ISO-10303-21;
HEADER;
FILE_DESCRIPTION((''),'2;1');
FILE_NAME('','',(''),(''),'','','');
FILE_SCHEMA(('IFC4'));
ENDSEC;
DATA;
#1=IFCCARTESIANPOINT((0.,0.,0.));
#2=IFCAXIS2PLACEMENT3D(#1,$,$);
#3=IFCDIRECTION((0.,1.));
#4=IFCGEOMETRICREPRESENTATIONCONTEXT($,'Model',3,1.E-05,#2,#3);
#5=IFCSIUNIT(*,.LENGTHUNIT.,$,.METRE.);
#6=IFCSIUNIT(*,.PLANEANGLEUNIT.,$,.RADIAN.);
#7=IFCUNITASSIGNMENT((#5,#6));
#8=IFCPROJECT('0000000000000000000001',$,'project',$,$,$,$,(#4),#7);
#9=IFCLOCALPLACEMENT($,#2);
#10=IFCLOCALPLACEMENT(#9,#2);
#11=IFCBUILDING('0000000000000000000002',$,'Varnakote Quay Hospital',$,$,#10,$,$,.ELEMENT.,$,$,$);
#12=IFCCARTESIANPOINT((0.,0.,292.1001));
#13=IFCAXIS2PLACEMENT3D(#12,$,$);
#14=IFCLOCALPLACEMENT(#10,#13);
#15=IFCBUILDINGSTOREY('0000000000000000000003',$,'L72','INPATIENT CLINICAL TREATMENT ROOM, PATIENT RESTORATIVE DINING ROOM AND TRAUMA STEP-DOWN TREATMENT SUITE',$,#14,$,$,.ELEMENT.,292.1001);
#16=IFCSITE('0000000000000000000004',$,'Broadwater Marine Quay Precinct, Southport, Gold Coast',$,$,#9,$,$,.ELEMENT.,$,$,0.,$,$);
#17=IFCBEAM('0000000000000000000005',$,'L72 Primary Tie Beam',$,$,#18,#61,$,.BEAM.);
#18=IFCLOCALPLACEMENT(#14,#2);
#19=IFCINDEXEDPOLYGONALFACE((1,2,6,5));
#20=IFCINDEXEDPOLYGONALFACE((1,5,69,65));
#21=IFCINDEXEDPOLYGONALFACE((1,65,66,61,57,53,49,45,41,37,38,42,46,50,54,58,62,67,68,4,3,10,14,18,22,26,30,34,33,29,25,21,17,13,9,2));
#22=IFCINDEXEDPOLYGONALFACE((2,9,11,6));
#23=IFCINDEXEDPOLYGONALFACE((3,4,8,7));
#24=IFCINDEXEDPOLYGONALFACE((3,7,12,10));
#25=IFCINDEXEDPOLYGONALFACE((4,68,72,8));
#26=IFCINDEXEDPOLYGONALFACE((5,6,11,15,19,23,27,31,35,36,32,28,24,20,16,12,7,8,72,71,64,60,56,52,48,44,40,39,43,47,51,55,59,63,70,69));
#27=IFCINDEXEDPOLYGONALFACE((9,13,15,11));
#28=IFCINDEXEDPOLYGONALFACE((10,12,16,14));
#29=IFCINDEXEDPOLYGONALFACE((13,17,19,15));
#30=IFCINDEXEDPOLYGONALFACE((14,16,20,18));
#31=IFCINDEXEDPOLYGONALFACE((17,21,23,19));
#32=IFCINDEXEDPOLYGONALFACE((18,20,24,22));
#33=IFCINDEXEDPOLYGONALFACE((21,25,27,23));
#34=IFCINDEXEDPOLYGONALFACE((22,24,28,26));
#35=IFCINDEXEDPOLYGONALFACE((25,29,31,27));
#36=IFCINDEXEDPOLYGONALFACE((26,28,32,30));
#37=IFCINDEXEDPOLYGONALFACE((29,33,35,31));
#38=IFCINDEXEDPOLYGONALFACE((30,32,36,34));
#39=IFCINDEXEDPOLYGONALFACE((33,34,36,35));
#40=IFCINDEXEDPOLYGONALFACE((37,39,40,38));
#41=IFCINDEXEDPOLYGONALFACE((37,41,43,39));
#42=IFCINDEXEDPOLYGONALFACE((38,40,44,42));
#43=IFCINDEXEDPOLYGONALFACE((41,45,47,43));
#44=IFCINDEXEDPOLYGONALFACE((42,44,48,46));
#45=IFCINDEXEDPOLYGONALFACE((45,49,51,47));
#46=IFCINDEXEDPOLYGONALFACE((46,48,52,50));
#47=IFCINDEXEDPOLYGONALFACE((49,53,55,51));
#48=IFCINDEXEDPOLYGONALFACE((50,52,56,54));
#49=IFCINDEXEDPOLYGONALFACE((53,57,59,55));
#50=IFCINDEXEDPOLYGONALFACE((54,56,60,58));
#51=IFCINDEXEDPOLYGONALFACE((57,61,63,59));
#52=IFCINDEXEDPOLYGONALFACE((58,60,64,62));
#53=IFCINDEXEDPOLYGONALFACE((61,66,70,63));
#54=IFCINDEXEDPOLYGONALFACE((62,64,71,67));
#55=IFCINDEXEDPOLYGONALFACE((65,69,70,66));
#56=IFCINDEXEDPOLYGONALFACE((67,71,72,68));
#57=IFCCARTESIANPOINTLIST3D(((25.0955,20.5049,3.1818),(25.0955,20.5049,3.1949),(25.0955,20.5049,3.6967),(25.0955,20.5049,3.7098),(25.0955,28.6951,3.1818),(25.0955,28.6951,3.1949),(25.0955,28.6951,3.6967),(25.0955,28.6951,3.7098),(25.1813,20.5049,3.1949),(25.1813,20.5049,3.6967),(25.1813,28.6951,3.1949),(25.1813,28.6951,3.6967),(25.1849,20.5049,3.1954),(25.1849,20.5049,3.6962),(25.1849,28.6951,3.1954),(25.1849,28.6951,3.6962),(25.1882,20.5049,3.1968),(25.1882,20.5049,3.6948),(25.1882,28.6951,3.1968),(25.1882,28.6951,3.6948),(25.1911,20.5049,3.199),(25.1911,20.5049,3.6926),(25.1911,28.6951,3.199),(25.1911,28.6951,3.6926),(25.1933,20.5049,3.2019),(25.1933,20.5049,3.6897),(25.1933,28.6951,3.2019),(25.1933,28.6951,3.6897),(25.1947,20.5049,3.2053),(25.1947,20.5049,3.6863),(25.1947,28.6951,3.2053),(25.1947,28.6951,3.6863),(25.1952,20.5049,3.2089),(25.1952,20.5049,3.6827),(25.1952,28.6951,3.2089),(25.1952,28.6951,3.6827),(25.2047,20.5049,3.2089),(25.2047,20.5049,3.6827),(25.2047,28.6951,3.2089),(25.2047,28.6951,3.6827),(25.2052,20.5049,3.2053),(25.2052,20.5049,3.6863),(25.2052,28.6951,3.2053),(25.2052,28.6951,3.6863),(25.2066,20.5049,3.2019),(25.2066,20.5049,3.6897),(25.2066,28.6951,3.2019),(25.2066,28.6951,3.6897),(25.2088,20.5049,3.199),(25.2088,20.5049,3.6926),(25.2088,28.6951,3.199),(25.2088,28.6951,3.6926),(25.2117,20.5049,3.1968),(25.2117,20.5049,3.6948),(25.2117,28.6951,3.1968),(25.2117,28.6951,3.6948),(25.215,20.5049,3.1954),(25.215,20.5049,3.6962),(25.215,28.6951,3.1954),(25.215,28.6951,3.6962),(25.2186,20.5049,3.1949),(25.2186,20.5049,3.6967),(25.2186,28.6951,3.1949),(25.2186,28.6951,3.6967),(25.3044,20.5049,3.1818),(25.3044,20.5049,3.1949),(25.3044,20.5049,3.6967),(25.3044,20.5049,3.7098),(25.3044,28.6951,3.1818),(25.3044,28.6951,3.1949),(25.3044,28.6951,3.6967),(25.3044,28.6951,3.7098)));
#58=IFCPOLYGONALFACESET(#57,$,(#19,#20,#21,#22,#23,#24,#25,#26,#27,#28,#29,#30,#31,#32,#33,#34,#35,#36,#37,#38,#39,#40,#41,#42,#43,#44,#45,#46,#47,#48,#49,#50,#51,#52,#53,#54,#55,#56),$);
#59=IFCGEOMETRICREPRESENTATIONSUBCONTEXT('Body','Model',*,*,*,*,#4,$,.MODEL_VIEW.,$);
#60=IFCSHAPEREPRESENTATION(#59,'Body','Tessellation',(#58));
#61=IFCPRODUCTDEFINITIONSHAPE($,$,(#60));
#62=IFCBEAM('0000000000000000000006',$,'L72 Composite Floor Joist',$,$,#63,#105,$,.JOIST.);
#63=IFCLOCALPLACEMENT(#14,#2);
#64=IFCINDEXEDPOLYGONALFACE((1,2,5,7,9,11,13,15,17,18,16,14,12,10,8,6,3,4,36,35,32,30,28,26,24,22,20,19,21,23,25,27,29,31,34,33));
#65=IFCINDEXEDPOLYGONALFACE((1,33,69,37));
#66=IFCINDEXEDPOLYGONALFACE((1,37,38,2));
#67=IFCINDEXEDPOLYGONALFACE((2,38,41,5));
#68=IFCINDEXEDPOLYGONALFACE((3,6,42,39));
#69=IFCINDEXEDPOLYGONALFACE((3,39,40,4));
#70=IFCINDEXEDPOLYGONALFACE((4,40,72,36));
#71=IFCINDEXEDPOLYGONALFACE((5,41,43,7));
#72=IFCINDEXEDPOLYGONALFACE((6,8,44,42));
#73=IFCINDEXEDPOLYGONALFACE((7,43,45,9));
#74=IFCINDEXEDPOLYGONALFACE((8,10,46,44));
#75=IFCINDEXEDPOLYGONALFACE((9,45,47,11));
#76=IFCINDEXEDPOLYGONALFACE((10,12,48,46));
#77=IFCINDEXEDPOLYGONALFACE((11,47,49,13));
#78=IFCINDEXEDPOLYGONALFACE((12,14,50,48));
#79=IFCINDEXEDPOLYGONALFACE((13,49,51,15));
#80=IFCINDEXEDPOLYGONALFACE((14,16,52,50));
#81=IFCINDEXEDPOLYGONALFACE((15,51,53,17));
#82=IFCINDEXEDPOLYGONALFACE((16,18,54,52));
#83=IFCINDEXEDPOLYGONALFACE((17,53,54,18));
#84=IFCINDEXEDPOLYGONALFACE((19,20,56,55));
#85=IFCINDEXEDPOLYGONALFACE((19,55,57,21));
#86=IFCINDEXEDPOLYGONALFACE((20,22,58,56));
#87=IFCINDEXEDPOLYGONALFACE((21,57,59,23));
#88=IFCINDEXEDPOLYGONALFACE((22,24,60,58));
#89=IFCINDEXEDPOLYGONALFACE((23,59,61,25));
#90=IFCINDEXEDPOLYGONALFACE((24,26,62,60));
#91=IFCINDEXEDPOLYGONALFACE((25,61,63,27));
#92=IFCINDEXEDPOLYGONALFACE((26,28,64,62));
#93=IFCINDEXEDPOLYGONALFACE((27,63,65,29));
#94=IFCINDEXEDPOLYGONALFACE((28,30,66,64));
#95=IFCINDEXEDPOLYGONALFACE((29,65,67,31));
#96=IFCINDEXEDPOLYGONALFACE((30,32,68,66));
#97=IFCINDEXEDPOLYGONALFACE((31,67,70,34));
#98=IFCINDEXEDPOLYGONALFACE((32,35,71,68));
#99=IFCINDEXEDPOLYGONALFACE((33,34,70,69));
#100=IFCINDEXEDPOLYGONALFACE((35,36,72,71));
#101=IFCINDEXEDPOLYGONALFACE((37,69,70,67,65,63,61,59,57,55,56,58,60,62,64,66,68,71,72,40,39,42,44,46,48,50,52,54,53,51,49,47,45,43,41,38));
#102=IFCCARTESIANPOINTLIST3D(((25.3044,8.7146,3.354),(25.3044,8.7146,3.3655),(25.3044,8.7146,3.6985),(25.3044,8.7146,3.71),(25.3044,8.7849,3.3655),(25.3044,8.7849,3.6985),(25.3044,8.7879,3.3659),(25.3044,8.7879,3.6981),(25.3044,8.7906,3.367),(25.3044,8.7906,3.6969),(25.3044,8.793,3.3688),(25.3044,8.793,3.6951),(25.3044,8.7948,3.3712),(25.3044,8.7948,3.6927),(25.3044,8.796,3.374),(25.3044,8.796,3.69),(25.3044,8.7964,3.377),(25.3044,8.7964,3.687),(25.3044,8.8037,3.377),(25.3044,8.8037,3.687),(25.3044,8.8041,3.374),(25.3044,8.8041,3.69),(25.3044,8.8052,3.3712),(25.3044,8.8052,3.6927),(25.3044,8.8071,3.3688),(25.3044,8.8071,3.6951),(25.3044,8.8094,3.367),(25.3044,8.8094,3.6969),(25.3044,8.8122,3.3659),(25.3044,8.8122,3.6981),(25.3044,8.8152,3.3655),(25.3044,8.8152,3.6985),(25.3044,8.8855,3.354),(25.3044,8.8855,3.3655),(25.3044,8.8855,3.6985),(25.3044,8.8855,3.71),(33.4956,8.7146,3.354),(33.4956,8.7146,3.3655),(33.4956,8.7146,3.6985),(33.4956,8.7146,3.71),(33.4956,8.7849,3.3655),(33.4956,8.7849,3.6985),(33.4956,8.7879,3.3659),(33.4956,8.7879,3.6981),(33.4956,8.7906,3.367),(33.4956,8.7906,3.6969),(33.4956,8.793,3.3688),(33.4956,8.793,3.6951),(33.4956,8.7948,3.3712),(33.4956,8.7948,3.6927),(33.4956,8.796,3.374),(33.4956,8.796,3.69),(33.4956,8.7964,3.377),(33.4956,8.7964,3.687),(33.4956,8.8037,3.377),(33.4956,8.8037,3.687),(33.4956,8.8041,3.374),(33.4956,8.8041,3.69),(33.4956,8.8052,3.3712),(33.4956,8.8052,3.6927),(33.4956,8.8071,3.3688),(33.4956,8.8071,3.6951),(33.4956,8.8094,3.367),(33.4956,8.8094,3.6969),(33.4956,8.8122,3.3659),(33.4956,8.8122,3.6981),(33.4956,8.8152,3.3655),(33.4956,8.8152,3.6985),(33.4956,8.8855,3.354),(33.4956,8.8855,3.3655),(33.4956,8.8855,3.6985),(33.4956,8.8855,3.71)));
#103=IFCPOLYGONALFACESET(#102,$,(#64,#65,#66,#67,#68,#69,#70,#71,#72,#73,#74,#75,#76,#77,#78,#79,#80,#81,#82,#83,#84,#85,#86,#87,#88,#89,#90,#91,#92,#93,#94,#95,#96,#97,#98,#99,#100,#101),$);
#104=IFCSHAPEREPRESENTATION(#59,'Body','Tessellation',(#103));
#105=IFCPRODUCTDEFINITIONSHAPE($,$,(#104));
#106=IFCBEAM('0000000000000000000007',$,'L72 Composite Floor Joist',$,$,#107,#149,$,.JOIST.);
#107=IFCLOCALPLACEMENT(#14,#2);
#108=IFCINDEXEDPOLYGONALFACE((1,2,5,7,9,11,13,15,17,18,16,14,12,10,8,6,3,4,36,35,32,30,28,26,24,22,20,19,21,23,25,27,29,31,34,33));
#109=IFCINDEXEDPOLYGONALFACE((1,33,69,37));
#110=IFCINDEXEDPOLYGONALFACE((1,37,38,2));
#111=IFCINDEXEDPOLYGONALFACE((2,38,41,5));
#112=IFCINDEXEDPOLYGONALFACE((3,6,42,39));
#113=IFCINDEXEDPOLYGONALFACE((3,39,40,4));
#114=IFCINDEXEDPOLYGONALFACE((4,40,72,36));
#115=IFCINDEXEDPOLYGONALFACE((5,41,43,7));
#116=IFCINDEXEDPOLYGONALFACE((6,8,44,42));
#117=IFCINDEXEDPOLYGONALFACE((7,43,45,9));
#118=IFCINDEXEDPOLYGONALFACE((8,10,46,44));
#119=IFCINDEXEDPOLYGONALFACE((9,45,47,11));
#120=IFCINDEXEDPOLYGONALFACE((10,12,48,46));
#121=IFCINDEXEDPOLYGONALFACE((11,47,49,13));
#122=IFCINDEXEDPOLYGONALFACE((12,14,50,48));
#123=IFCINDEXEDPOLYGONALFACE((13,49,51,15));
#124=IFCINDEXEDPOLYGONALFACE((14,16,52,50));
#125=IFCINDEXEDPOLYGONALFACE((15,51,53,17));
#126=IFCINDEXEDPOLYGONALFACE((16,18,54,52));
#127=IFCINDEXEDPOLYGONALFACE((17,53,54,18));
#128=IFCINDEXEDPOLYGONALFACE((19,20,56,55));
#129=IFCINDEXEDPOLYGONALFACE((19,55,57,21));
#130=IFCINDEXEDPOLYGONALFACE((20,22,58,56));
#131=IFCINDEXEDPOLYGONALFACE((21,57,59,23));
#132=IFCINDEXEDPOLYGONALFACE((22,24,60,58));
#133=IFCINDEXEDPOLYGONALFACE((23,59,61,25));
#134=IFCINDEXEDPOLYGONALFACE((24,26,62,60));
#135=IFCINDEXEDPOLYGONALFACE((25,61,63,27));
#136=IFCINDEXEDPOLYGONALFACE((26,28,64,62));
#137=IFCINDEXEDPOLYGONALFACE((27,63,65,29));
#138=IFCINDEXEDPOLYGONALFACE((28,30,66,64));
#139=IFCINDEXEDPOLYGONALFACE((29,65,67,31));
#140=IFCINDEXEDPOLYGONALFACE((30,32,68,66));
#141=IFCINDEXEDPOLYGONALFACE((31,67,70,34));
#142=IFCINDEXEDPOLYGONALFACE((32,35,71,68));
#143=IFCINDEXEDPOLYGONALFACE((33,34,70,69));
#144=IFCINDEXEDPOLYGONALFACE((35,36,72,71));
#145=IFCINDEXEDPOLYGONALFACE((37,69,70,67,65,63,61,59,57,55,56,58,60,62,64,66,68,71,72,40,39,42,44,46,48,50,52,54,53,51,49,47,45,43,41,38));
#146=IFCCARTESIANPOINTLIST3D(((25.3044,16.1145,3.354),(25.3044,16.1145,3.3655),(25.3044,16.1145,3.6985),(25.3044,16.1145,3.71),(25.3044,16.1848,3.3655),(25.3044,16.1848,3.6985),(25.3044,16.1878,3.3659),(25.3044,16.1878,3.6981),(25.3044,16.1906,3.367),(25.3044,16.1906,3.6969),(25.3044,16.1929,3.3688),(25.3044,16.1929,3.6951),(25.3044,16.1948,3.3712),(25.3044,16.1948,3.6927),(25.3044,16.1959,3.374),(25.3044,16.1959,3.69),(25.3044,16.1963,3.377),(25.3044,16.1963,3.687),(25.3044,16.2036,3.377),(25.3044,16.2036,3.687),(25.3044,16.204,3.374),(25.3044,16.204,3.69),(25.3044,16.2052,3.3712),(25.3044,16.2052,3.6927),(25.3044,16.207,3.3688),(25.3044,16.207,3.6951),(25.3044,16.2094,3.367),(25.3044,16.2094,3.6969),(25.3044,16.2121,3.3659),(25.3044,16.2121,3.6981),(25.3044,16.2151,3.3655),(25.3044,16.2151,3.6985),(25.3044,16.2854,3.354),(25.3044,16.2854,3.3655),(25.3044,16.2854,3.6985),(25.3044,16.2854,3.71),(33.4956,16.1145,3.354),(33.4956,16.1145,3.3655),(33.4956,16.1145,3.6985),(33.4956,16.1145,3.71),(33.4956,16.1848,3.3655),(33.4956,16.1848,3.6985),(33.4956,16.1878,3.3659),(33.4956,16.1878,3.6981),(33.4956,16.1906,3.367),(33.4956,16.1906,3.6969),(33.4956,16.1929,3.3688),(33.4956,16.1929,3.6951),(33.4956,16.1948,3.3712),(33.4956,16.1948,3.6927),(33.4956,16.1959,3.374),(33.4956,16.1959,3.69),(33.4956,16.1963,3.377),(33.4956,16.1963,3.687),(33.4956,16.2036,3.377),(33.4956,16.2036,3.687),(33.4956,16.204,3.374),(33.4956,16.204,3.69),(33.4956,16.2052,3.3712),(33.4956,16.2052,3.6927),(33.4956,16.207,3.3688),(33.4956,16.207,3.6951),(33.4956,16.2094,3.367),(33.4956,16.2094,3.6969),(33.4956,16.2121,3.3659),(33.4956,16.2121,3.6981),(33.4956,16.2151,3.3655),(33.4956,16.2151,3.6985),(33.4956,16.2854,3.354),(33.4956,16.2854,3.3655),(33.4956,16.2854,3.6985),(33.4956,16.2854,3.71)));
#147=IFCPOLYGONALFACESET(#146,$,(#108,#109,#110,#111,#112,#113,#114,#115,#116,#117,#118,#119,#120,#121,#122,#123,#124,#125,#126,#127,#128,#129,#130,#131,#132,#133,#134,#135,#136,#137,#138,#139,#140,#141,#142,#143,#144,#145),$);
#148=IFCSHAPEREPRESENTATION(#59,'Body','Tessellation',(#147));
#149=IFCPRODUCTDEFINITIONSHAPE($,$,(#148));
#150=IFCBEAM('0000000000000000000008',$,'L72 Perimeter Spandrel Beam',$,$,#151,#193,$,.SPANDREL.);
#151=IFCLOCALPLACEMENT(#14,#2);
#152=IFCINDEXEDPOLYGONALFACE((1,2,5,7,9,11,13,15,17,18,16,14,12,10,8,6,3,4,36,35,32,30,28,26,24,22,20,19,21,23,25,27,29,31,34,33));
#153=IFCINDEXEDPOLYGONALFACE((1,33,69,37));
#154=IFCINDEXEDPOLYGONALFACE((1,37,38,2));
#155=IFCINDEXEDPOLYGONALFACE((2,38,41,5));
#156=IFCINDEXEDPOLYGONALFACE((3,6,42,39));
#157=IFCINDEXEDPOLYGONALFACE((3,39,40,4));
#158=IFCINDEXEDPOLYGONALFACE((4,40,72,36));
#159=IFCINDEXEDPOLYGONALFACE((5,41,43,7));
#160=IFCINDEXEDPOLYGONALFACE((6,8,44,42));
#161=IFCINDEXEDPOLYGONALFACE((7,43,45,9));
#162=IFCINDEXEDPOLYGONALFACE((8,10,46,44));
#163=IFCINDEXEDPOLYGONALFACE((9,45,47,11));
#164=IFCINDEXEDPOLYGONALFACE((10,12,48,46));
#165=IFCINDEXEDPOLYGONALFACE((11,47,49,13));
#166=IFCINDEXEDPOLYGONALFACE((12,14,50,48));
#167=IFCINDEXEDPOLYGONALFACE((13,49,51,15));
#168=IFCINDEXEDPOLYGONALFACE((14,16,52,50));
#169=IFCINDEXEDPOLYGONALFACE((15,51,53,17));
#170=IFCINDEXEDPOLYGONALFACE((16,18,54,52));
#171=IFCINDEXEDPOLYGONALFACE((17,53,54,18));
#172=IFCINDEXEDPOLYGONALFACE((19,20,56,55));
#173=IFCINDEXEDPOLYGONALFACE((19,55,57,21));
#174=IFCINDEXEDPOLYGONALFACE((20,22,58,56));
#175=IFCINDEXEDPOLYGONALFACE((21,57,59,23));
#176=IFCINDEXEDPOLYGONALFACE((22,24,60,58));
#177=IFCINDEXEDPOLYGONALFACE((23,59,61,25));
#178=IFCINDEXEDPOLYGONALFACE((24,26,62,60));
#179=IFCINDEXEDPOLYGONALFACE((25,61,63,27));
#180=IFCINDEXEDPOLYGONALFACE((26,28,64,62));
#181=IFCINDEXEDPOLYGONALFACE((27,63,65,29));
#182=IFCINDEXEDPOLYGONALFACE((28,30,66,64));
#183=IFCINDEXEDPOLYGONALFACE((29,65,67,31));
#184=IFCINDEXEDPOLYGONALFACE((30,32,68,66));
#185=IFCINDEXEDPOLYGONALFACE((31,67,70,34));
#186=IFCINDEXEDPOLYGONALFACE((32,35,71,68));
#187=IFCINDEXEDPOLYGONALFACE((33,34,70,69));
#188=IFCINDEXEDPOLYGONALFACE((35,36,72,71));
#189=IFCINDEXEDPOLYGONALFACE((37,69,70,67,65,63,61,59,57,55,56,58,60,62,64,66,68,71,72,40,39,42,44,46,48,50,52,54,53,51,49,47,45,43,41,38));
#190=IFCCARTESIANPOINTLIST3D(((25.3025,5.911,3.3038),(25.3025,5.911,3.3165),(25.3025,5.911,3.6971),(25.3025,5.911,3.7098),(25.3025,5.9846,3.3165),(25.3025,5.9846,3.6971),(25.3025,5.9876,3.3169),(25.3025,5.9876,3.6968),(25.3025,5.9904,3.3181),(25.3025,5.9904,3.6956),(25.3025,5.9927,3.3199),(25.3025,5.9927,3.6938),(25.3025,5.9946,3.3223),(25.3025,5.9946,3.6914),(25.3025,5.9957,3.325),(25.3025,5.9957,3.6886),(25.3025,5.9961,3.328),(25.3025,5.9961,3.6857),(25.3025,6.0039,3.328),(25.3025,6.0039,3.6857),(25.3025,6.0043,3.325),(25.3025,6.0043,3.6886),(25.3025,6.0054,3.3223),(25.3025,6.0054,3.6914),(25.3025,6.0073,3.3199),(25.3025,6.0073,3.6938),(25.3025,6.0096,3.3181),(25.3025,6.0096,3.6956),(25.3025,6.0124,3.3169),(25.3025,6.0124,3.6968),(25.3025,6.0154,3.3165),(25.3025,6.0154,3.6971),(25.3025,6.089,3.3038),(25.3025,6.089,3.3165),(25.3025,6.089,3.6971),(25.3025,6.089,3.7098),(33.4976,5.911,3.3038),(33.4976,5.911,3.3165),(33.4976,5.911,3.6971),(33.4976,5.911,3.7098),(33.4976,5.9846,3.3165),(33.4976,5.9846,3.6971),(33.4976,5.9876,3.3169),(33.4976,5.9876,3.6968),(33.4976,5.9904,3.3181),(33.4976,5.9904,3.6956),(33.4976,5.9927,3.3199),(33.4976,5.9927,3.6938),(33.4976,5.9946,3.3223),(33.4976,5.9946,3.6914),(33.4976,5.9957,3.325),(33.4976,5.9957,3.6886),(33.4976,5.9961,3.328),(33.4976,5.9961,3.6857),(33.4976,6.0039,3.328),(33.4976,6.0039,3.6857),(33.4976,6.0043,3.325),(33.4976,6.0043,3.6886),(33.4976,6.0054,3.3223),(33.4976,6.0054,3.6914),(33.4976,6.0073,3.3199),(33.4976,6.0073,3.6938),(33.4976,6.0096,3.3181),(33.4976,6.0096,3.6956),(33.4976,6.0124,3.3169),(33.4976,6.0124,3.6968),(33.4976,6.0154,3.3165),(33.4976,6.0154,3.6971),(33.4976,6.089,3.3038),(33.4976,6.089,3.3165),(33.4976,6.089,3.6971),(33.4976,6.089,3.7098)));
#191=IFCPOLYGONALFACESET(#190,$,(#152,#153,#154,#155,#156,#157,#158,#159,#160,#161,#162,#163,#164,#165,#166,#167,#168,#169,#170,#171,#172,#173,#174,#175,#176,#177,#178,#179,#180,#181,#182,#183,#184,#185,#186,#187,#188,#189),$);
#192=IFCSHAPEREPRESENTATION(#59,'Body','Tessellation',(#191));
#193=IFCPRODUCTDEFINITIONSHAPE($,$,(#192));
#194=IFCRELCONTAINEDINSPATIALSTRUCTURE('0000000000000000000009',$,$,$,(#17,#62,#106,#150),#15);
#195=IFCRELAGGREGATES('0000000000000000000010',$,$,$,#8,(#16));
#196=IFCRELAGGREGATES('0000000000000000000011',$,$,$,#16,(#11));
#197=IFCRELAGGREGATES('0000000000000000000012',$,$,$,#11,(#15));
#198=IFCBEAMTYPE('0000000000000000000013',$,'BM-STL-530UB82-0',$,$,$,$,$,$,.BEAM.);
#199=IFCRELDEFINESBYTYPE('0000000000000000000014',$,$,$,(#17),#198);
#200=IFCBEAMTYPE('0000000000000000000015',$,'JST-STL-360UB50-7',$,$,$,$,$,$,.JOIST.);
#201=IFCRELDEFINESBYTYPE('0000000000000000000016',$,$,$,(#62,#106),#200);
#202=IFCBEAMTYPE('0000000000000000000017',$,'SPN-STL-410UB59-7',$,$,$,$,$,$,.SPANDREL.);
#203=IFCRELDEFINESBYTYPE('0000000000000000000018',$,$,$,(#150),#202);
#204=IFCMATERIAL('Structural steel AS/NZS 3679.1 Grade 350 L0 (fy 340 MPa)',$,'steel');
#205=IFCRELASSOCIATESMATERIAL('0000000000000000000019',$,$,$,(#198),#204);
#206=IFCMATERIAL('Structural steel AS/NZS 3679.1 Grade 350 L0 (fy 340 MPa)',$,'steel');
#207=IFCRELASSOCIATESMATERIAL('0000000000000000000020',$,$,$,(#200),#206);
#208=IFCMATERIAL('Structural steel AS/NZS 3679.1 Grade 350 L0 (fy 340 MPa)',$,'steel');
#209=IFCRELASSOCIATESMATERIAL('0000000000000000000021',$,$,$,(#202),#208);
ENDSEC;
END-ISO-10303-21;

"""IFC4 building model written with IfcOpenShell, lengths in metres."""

from ifc_helpers import new_model, si_unit, direction, frame, origin, origin_2d, place, context, subcontext, project, spatial, i_section, extrude, material, material_profile, profile_set, type_object, element, save


model = new_model("IFC4")

# Units and contexts
model_context = context("Model", 3, precision=1e-05, world=origin(), true_north=direction((0.0, 1.0)))
body_context = subcontext(model_context, "Body", "Model", "MODEL_VIEW")
ifc_project = project(units=[si_unit("LENGTHUNIT", "METRE"), si_unit("PLANEANGLEUNIT", "RADIAN")], contexts=[model_context])

# Site, building, storey
site_placement = place(None, origin())
site = spatial("IfcSite", under=ifc_project, at=site_placement, Name="Broadwater Marine Quay Precinct, Southport, Gold Coast", CompositionType="ELEMENT", RefElevation=0.0)
building_placement = place(site_placement, origin())
building = spatial("IfcBuilding", under=site, at=building_placement, Name="Varnakote Quay Hospital", CompositionType="ELEMENT")
storey_placement = place(building_placement, frame((0.0, 0.0, 292.1001)))
storey = spatial("IfcBuildingStorey", under=building, at=storey_placement, Name="L72", Description="INPATIENT CLINICAL TREATMENT ROOM, PATIENT RESTORATIVE DINING ROOM AND TRAUMA STEP-DOWN TREATMENT SUITE", CompositionType="ELEMENT", Elevation=292.1001)

# Beams
ifc_material_1 = material(Name="Structural steel AS/NZS 3679.1 Grade 350 L0 (fy 340 MPa)", Category="steel")
ifc_material_profile_1 = material_profile(ifc_material_1, i_section(OverallWidth=0.209, OverallDepth=0.5281, WebThickness=0.0095, FlangeThickness=0.0132, FilletRadius=0.0139, at=origin_2d()), Name="530UB82.0")
ifc_profile_set_1 = profile_set([ifc_material_profile_1], Name="Structural steel AS/NZS 3679.1 Grade 350 L0 (fy 340 MPa)")
beam_type_1 = type_object("IfcBeamType", Name="BM-STL-530UB82-0", PredefinedType="BEAM", material=ifc_profile_set_1)
beam_1_placement = place(storey_placement, frame((25.2, 20.5049, 3.4458), z_axis=(0.0, 1.0, 0.0), x_axis=(-1.0, 0.0, 0.0)))
element("IfcBeam", 1, at=beam_1_placement, inside=storey, type_object=beam_type_1, Name="L72 Primary Tie Beam", PredefinedType="BEAM", context=body_context, shape_type="SweptSolid", body=[
    extrude(i_section(OverallWidth=0.209, OverallDepth=0.5281, WebThickness=0.0095, FlangeThickness=0.0132, FilletRadius=0.0139, at=origin_2d()), origin(), (0.0, 0.0, 1.0), 8.1902),
])
ifc_material_2 = material(Name="Structural steel AS/NZS 3679.1 Grade 350 L0 (fy 340 MPa)", Category="steel")
ifc_material_profile_2 = material_profile(ifc_material_2, i_section(OverallWidth=0.1709, OverallDepth=0.356, WebThickness=0.0073, FlangeThickness=0.0115, FilletRadius=0.0115, at=origin_2d()), Name="360UB50.7")
ifc_profile_set_2 = profile_set([ifc_material_profile_2], Name="Structural steel AS/NZS 3679.1 Grade 350 L0 (fy 340 MPa)")
beam_type_2 = type_object("IfcBeamType", Name="JST-STL-360UB50-7", PredefinedType="JOIST", material=ifc_profile_set_2)
for number, where, z_axis, x_axis, name in (
    (2, (25.3044, 8.8, 3.532), (1.0, 0.0, 0.0), (0.0, 1.0, 0.0), "L72 Composite Floor Joist"),
    (3, (25.3044, 16.2, 3.532), (1.0, 0.0, 0.0), (0.0, 1.0, 0.0), "L72 Composite Floor Joist"),
):
    element("IfcBeam", number, at=place(storey_placement, frame(where, z_axis=z_axis, x_axis=x_axis)), inside=storey, type_object=beam_type_2, Name=name, PredefinedType="JOIST", context=body_context, shape_type="SweptSolid", body=[
        extrude(i_section(OverallWidth=0.1709, OverallDepth=0.356, WebThickness=0.0073, FlangeThickness=0.0115, FilletRadius=0.0115, at=origin_2d()), origin(), (0.0, 0.0, 1.0), 8.1912),
    ])
ifc_material_3 = material(Name="Structural steel AS/NZS 3679.1 Grade 350 L0 (fy 340 MPa)", Category="steel")
ifc_material_profile_3 = material_profile(ifc_material_3, i_section(OverallWidth=0.178, OverallDepth=0.406, WebThickness=0.0078, FlangeThickness=0.0127, FilletRadius=0.0115, at=origin_2d()), Name="410UB59.7")
ifc_profile_set_3 = profile_set([ifc_material_profile_3], Name="Structural steel AS/NZS 3679.1 Grade 350 L0 (fy 340 MPa)")
beam_type_3 = type_object("IfcBeamType", Name="SPN-STL-410UB59-7", PredefinedType="SPANDREL", material=ifc_profile_set_3)
beam_2_placement = place(storey_placement, frame((25.3025, 6.0, 3.5068), z_axis=(1.0, 0.0, 0.0), x_axis=(0.0, 1.0, 0.0)))
element("IfcBeam", 4, at=beam_2_placement, inside=storey, type_object=beam_type_3, Name="L72 Perimeter Spandrel Beam", PredefinedType="SPANDREL", context=body_context, shape_type="SweptSolid", body=[
    extrude(i_section(OverallWidth=0.178, OverallDepth=0.406, WebThickness=0.0078, FlangeThickness=0.0127, FilletRadius=0.0115, at=origin_2d()), origin(), (0.0, 0.0, 1.0), 8.1951),
])

save(model, "model.ifc")
